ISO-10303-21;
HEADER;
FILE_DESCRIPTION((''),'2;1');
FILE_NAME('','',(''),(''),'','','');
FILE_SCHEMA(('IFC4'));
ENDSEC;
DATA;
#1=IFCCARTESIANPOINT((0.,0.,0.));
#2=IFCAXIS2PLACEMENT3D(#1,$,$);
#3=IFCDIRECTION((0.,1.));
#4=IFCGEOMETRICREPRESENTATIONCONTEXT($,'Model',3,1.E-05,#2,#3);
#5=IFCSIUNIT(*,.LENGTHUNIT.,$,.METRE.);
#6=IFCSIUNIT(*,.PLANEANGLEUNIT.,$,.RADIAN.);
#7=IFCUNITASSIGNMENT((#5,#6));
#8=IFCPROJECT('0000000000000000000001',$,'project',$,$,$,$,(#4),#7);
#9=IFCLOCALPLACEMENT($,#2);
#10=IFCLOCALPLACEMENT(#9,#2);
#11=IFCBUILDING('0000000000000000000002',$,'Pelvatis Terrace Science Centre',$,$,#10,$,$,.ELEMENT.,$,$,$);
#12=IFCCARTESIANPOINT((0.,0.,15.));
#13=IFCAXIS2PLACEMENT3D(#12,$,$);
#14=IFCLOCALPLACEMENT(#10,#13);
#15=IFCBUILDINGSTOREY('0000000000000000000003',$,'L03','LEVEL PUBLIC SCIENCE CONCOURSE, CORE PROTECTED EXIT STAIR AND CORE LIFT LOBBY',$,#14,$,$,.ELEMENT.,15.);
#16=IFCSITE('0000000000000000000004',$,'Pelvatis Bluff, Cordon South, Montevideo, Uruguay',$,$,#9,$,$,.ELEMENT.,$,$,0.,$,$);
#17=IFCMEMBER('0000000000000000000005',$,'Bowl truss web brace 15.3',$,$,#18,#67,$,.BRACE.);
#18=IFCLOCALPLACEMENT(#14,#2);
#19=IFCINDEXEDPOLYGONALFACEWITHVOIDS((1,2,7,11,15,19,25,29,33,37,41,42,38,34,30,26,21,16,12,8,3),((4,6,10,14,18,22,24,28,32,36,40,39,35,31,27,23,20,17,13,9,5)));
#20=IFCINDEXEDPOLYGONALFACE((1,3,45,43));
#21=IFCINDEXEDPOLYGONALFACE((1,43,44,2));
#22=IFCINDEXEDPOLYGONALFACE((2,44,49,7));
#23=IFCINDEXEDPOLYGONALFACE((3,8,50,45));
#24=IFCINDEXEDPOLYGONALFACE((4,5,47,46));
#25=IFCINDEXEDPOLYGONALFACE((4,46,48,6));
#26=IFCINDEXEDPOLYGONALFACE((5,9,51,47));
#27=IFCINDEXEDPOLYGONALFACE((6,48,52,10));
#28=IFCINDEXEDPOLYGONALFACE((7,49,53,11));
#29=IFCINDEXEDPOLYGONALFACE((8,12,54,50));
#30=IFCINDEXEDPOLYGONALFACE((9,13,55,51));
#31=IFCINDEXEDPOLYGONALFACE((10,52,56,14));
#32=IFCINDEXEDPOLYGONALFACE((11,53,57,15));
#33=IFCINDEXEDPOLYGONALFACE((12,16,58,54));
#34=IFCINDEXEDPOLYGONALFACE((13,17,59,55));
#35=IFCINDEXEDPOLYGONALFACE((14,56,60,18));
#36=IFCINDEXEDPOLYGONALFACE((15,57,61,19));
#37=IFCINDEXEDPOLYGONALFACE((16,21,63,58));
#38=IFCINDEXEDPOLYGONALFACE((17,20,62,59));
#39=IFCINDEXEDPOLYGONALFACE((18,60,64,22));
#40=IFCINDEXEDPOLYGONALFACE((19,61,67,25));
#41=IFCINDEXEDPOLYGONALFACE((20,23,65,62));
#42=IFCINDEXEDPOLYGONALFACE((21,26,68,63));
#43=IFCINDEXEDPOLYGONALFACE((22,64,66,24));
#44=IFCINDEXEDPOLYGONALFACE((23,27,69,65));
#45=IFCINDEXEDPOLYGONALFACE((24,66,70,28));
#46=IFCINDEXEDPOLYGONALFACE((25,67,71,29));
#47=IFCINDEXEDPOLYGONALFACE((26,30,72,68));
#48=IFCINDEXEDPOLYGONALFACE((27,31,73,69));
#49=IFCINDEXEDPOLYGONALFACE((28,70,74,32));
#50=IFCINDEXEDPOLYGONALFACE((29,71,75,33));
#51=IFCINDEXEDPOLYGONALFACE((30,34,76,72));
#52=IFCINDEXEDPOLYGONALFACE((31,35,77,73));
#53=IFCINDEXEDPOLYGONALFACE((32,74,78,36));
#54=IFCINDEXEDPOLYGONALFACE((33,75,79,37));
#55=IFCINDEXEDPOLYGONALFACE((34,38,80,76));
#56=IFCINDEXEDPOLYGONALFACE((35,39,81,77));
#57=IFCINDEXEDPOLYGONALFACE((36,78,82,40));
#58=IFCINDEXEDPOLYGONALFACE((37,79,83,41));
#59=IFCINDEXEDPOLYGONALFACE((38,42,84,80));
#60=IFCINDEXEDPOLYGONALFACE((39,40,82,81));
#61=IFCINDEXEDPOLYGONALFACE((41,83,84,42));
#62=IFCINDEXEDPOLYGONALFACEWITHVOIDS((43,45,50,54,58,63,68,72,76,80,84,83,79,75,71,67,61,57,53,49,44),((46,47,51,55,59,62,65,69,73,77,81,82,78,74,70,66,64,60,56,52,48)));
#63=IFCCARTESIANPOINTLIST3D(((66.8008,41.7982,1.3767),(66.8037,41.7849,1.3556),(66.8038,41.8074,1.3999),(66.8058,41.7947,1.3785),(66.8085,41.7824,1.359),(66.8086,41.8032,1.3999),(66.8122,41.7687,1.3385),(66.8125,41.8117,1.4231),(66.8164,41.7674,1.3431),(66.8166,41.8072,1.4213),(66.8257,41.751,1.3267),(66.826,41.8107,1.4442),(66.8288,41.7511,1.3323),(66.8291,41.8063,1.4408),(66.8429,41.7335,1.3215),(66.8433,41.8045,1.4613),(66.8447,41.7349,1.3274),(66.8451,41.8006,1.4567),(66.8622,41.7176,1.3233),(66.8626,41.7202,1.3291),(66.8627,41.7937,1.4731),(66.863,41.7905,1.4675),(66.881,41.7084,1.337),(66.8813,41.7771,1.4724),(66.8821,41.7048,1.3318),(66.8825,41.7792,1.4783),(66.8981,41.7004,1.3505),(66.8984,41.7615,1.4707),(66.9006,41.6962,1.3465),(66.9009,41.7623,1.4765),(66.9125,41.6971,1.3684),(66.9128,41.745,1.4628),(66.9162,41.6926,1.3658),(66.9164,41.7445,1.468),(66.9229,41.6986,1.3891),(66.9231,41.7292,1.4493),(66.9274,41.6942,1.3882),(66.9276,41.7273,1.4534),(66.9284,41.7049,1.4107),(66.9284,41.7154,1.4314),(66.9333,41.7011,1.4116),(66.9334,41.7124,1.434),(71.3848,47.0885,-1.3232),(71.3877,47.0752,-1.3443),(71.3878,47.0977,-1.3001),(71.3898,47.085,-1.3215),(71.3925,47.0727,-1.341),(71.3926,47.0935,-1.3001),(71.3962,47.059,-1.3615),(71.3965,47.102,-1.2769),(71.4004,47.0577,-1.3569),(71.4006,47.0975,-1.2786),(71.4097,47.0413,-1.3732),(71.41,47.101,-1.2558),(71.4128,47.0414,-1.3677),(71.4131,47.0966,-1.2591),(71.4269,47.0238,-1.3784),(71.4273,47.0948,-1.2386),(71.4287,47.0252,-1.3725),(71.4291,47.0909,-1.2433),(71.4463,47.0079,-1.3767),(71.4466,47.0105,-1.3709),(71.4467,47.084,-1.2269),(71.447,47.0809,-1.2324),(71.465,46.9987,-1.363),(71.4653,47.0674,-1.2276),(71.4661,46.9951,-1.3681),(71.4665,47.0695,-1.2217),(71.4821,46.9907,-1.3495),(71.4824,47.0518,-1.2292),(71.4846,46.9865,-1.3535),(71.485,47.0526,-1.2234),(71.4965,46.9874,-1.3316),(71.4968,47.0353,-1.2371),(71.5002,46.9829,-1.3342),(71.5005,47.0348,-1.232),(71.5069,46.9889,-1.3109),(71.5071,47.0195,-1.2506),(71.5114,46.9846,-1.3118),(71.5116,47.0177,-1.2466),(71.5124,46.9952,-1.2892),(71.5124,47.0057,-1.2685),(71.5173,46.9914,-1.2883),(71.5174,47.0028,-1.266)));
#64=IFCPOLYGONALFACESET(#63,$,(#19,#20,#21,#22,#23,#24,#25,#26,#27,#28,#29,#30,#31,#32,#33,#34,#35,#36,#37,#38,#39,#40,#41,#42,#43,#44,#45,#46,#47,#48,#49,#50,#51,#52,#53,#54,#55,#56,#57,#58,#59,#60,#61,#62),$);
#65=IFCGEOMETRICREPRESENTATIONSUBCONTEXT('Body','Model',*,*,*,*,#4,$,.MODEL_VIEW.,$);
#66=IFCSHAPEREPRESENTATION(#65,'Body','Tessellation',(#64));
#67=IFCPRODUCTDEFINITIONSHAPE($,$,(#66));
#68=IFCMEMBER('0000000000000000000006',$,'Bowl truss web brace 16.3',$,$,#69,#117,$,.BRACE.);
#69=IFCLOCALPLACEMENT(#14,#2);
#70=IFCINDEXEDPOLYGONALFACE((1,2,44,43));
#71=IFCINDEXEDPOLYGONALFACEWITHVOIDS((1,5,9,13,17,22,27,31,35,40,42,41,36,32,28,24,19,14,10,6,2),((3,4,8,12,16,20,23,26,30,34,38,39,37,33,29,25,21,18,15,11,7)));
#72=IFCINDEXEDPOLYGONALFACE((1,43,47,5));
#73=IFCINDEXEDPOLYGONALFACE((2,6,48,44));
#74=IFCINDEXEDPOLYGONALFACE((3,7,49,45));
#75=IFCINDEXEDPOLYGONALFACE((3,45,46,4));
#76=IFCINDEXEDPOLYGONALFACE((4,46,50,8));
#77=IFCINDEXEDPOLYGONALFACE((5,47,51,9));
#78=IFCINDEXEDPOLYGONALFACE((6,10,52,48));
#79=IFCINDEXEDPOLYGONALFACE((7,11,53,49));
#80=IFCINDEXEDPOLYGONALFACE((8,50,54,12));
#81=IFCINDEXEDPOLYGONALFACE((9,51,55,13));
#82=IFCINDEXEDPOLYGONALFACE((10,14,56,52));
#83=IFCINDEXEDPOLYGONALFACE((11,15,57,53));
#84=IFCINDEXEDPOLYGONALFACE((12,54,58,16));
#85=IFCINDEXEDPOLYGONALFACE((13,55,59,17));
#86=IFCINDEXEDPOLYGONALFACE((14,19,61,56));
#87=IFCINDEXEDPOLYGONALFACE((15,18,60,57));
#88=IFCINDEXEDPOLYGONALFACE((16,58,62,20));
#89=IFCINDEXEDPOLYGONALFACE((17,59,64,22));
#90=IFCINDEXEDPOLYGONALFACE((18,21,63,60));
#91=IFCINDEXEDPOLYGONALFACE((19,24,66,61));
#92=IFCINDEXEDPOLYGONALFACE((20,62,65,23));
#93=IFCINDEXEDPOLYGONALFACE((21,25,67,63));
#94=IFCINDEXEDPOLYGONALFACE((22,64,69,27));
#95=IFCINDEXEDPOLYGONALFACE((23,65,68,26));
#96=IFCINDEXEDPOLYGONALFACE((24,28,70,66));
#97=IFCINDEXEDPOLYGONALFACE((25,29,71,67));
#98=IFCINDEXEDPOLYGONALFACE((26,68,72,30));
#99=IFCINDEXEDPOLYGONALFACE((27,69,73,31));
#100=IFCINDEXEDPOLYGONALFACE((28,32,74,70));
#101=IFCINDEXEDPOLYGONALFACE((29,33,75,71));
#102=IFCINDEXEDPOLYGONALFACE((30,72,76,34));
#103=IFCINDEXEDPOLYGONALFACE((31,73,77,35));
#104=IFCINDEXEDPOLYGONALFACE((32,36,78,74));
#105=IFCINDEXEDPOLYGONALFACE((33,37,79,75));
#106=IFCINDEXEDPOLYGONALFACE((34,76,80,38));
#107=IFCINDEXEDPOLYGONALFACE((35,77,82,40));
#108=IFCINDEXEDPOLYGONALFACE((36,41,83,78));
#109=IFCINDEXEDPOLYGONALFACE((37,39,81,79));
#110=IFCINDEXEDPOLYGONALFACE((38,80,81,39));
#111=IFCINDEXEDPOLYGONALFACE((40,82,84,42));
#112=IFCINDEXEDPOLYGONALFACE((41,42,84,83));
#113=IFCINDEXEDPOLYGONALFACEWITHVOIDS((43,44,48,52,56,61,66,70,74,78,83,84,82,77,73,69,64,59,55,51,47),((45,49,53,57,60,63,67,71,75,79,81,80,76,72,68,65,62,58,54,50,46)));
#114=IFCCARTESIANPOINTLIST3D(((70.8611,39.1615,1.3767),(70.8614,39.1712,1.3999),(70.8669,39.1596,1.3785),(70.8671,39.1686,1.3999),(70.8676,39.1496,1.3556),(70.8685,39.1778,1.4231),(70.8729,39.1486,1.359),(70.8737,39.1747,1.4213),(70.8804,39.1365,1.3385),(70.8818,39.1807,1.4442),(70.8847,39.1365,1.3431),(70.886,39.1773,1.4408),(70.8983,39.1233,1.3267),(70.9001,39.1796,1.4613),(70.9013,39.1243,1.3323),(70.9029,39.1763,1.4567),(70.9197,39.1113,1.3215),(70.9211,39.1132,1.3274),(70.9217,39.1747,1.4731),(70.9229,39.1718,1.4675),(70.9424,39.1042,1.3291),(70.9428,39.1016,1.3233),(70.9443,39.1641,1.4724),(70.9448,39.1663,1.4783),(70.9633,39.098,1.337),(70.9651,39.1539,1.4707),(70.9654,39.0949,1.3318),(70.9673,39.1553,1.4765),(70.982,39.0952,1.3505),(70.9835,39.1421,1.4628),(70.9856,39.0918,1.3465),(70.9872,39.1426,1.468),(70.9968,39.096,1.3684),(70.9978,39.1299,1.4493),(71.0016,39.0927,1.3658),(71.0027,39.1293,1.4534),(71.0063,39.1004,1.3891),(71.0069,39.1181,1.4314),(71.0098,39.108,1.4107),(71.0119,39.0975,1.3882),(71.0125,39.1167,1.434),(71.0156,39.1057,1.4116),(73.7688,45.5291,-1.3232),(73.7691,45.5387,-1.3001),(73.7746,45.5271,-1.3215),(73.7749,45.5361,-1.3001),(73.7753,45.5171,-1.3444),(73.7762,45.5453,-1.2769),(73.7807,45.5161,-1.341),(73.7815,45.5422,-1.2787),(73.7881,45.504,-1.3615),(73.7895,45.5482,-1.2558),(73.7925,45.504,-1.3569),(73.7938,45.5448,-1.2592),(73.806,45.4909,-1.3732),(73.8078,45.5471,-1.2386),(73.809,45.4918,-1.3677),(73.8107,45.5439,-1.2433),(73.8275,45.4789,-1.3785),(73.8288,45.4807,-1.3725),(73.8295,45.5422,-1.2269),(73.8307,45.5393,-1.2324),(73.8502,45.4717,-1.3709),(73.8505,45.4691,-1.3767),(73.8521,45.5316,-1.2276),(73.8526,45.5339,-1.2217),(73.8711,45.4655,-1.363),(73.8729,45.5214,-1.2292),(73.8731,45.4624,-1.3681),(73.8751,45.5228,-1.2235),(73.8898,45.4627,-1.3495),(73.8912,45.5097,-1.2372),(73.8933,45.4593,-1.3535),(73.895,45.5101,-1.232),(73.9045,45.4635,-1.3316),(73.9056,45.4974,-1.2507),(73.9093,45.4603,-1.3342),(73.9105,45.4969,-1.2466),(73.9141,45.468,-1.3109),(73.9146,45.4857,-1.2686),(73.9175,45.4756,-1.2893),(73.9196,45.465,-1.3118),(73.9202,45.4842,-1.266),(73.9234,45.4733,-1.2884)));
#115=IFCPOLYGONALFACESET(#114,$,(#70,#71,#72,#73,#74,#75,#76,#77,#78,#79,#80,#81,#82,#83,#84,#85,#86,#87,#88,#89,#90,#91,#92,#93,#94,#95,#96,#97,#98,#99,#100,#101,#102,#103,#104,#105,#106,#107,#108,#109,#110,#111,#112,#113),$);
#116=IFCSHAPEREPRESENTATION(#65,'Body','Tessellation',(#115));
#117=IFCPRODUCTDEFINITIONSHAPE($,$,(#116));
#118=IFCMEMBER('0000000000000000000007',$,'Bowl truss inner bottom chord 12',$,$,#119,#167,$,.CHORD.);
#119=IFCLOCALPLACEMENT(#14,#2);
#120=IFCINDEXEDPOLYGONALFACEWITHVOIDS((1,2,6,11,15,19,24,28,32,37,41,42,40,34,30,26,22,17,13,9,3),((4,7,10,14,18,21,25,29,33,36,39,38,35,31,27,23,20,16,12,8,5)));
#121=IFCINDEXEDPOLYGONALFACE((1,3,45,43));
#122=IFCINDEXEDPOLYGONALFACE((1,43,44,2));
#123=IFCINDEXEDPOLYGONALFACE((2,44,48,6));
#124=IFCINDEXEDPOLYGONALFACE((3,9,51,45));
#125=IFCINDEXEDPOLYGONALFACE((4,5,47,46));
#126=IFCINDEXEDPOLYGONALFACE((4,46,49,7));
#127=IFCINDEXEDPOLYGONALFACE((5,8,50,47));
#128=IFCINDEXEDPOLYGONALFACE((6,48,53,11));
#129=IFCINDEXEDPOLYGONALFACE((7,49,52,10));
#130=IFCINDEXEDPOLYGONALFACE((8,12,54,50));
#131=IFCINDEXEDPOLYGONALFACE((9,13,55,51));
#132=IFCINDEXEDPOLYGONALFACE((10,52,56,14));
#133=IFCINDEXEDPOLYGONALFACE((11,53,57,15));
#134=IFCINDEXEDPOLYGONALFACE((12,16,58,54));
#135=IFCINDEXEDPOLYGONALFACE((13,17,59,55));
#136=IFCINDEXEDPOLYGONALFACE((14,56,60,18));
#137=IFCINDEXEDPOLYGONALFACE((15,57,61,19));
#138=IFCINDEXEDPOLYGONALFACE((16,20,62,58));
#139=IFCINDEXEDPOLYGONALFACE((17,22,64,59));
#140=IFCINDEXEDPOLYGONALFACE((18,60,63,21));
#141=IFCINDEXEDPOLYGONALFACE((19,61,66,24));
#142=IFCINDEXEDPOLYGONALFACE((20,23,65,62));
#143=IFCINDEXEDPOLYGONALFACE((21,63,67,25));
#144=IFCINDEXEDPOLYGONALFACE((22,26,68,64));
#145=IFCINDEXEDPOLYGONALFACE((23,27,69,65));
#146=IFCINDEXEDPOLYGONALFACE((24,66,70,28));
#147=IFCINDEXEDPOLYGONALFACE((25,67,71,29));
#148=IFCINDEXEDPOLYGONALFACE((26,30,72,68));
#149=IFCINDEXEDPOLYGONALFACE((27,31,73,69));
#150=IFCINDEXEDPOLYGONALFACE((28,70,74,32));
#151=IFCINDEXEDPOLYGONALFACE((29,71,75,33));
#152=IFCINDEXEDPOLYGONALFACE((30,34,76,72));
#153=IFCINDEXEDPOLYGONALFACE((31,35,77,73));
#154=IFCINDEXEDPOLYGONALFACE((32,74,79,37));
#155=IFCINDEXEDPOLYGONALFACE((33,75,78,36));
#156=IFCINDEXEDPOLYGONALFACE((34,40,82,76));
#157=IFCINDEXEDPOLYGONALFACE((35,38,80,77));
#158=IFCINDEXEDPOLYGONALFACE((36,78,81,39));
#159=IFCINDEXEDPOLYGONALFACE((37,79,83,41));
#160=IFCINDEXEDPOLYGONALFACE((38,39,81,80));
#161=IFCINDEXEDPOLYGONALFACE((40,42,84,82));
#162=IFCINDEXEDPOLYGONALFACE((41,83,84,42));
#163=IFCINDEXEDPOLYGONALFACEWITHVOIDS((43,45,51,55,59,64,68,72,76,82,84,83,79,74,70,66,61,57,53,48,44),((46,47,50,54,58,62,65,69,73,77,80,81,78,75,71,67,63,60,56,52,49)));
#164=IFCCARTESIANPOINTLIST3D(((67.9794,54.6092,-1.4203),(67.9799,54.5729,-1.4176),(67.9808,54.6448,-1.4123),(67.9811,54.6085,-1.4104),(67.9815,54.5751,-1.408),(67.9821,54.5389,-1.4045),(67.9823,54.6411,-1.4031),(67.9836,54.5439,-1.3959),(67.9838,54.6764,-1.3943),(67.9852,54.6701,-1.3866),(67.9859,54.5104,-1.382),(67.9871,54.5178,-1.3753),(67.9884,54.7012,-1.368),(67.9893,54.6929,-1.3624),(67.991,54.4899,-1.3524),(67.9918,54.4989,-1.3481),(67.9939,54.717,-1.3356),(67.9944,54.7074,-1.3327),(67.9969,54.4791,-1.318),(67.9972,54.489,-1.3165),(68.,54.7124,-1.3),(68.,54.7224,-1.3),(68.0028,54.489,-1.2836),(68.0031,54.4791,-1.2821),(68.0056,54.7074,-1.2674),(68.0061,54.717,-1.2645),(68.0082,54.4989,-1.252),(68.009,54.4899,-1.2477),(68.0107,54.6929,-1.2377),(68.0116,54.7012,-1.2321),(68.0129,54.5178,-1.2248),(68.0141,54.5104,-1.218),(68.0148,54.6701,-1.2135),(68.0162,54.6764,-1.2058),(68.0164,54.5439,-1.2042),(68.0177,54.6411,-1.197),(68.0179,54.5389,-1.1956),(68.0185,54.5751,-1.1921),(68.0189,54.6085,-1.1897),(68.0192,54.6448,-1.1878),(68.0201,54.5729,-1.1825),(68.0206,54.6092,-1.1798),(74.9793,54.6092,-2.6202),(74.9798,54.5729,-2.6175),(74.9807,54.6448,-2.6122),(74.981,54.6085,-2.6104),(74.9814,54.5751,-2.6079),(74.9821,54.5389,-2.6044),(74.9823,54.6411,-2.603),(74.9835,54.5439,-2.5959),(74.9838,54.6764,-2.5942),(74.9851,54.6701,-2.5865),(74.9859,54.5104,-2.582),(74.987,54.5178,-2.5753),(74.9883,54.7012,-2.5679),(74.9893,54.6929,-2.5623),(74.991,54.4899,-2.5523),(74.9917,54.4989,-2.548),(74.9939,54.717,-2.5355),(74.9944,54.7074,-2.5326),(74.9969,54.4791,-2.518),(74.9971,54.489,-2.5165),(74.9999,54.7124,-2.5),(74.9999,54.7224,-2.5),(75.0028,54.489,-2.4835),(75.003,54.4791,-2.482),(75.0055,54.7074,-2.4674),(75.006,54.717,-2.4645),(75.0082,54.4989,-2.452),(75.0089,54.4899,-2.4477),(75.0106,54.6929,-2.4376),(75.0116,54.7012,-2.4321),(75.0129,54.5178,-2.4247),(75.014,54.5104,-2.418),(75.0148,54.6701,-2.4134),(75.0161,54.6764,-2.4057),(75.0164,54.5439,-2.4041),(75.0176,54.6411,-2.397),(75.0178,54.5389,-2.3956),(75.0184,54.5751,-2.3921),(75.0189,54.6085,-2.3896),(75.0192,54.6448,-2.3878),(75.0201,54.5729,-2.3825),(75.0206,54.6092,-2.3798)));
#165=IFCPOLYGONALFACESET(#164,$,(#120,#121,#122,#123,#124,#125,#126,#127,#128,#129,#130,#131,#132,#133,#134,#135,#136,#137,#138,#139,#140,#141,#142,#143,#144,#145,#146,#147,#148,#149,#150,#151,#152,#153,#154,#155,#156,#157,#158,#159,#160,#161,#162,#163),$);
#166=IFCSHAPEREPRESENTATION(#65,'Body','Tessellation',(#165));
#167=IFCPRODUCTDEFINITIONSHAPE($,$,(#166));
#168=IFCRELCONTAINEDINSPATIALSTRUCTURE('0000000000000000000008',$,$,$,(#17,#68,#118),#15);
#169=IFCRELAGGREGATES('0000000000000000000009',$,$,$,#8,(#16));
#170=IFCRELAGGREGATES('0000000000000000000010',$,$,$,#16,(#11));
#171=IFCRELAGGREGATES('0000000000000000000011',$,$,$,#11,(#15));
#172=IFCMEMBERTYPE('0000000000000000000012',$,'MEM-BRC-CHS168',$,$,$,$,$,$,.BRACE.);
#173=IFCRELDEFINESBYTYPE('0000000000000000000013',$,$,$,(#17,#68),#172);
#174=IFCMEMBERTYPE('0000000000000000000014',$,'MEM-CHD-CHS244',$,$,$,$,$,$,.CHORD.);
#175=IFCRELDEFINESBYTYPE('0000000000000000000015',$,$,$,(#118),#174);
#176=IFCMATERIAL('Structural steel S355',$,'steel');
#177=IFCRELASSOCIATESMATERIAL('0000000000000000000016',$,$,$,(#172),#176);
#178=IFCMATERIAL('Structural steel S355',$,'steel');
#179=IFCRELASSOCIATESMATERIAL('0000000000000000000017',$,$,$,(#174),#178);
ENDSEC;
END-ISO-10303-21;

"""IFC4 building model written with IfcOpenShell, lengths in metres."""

from ifc_helpers import new_model, si_unit, direction, frame, origin, origin_2d, place, context, subcontext, project, spatial, hollow_circle, extrude, material, material_profile, profile_set, type_object, element, save


model = new_model("IFC4")

# Units and contexts
model_context = context("Model", 3, precision=1e-05, world=origin(), true_north=direction((0.0, 1.0)))
body_context = subcontext(model_context, "Body", "Model", "MODEL_VIEW")
ifc_project = project(units=[si_unit("LENGTHUNIT", "METRE"), si_unit("PLANEANGLEUNIT", "RADIAN")], contexts=[model_context])

# Site, building, storey
site_placement = place(None, origin())
site = spatial("IfcSite", under=ifc_project, at=site_placement, Name="Pelvatis Bluff, Cordon South, Montevideo, Uruguay", CompositionType="ELEMENT", RefElevation=0.0)
building_placement = place(site_placement, origin())
building = spatial("IfcBuilding", under=site, at=building_placement, Name="Pelvatis Terrace Science Centre", CompositionType="ELEMENT")
storey_placement = place(building_placement, frame((0.0, 0.0, 15.0)))
storey = spatial("IfcBuildingStorey", under=building, at=storey_placement, Name="L03", Description="LEVEL PUBLIC SCIENCE CONCOURSE, CORE PROTECTED EXIT STAIR AND CORE LIFT LOBBY", CompositionType="ELEMENT", Elevation=15.0)

# Members
ifc_material_1 = material(Name="Structural steel S355", Category="steel")
ifc_material_profile_1 = material_profile(ifc_material_1, hollow_circle(Radius=0.0842, WallThickness=0.0063, at=origin_2d()), Name="CHS 168.3x6.3")
ifc_profile_set_1 = profile_set([ifc_material_profile_1], Name="Structural steel S355")
member_type_1 = type_object("IfcMemberType", Name="MEM-BRC-CHS168", PredefinedType="BRACE", material=ifc_profile_set_1)
for number, where, z_axis, x_axis, name in (
    (1, (66.8674, 41.7522, 1.3999), (0.610982, 0.705122, -0.359866), (-0.755755, 0.654855, 0.0), "Bowl truss web brace 15.3"),
    (2, (70.938, 39.1362, 1.3999), (0.387562, 0.848699, -0.35987), (-0.909642, 0.415392, 0.0), "Bowl truss web brace 16.3"),
):
    element("IfcMember", number, at=place(storey_placement, frame(where, z_axis=z_axis, x_axis=x_axis)), inside=storey, type_object=member_type_1, Name=name, PredefinedType="BRACE", context=body_context, shape_type="SweptSolid", body=[
        extrude(hollow_circle(Radius=0.0842, WallThickness=0.0063, at=origin_2d()), origin(), (0.0, 0.0, 1.0), 7.5027),
    ])
ifc_material_2 = material(Name="Structural steel S355", Category="steel")
ifc_material_profile_2 = material_profile(ifc_material_2, hollow_circle(Radius=0.1223, WallThickness=0.01, at=origin_2d()), Name="CHS 244.5x10.0")
ifc_profile_set_2 = profile_set([ifc_material_profile_2], Name="Structural steel S355")
member_type_2 = type_object("IfcMemberType", Name="MEM-CHD-CHS244", PredefinedType="CHORD", material=ifc_profile_set_2)
member_1_placement = place(storey_placement, frame((68.0, 54.6001, -1.3), z_axis=(0.985623, 0.0, -0.168957), x_axis=(0.0, 1.0, 0.0)))
element("IfcMember", 3, at=member_1_placement, inside=storey, type_object=member_type_2, Name="Bowl truss inner bottom chord 12", PredefinedType="CHORD", context=body_context, shape_type="SweptSolid", body=[
    extrude(hollow_circle(Radius=0.1223, WallThickness=0.01, at=origin_2d()), origin(), (0.0, 0.0, 1.0), 7.1021),
])

save(model, "model.ifc")
